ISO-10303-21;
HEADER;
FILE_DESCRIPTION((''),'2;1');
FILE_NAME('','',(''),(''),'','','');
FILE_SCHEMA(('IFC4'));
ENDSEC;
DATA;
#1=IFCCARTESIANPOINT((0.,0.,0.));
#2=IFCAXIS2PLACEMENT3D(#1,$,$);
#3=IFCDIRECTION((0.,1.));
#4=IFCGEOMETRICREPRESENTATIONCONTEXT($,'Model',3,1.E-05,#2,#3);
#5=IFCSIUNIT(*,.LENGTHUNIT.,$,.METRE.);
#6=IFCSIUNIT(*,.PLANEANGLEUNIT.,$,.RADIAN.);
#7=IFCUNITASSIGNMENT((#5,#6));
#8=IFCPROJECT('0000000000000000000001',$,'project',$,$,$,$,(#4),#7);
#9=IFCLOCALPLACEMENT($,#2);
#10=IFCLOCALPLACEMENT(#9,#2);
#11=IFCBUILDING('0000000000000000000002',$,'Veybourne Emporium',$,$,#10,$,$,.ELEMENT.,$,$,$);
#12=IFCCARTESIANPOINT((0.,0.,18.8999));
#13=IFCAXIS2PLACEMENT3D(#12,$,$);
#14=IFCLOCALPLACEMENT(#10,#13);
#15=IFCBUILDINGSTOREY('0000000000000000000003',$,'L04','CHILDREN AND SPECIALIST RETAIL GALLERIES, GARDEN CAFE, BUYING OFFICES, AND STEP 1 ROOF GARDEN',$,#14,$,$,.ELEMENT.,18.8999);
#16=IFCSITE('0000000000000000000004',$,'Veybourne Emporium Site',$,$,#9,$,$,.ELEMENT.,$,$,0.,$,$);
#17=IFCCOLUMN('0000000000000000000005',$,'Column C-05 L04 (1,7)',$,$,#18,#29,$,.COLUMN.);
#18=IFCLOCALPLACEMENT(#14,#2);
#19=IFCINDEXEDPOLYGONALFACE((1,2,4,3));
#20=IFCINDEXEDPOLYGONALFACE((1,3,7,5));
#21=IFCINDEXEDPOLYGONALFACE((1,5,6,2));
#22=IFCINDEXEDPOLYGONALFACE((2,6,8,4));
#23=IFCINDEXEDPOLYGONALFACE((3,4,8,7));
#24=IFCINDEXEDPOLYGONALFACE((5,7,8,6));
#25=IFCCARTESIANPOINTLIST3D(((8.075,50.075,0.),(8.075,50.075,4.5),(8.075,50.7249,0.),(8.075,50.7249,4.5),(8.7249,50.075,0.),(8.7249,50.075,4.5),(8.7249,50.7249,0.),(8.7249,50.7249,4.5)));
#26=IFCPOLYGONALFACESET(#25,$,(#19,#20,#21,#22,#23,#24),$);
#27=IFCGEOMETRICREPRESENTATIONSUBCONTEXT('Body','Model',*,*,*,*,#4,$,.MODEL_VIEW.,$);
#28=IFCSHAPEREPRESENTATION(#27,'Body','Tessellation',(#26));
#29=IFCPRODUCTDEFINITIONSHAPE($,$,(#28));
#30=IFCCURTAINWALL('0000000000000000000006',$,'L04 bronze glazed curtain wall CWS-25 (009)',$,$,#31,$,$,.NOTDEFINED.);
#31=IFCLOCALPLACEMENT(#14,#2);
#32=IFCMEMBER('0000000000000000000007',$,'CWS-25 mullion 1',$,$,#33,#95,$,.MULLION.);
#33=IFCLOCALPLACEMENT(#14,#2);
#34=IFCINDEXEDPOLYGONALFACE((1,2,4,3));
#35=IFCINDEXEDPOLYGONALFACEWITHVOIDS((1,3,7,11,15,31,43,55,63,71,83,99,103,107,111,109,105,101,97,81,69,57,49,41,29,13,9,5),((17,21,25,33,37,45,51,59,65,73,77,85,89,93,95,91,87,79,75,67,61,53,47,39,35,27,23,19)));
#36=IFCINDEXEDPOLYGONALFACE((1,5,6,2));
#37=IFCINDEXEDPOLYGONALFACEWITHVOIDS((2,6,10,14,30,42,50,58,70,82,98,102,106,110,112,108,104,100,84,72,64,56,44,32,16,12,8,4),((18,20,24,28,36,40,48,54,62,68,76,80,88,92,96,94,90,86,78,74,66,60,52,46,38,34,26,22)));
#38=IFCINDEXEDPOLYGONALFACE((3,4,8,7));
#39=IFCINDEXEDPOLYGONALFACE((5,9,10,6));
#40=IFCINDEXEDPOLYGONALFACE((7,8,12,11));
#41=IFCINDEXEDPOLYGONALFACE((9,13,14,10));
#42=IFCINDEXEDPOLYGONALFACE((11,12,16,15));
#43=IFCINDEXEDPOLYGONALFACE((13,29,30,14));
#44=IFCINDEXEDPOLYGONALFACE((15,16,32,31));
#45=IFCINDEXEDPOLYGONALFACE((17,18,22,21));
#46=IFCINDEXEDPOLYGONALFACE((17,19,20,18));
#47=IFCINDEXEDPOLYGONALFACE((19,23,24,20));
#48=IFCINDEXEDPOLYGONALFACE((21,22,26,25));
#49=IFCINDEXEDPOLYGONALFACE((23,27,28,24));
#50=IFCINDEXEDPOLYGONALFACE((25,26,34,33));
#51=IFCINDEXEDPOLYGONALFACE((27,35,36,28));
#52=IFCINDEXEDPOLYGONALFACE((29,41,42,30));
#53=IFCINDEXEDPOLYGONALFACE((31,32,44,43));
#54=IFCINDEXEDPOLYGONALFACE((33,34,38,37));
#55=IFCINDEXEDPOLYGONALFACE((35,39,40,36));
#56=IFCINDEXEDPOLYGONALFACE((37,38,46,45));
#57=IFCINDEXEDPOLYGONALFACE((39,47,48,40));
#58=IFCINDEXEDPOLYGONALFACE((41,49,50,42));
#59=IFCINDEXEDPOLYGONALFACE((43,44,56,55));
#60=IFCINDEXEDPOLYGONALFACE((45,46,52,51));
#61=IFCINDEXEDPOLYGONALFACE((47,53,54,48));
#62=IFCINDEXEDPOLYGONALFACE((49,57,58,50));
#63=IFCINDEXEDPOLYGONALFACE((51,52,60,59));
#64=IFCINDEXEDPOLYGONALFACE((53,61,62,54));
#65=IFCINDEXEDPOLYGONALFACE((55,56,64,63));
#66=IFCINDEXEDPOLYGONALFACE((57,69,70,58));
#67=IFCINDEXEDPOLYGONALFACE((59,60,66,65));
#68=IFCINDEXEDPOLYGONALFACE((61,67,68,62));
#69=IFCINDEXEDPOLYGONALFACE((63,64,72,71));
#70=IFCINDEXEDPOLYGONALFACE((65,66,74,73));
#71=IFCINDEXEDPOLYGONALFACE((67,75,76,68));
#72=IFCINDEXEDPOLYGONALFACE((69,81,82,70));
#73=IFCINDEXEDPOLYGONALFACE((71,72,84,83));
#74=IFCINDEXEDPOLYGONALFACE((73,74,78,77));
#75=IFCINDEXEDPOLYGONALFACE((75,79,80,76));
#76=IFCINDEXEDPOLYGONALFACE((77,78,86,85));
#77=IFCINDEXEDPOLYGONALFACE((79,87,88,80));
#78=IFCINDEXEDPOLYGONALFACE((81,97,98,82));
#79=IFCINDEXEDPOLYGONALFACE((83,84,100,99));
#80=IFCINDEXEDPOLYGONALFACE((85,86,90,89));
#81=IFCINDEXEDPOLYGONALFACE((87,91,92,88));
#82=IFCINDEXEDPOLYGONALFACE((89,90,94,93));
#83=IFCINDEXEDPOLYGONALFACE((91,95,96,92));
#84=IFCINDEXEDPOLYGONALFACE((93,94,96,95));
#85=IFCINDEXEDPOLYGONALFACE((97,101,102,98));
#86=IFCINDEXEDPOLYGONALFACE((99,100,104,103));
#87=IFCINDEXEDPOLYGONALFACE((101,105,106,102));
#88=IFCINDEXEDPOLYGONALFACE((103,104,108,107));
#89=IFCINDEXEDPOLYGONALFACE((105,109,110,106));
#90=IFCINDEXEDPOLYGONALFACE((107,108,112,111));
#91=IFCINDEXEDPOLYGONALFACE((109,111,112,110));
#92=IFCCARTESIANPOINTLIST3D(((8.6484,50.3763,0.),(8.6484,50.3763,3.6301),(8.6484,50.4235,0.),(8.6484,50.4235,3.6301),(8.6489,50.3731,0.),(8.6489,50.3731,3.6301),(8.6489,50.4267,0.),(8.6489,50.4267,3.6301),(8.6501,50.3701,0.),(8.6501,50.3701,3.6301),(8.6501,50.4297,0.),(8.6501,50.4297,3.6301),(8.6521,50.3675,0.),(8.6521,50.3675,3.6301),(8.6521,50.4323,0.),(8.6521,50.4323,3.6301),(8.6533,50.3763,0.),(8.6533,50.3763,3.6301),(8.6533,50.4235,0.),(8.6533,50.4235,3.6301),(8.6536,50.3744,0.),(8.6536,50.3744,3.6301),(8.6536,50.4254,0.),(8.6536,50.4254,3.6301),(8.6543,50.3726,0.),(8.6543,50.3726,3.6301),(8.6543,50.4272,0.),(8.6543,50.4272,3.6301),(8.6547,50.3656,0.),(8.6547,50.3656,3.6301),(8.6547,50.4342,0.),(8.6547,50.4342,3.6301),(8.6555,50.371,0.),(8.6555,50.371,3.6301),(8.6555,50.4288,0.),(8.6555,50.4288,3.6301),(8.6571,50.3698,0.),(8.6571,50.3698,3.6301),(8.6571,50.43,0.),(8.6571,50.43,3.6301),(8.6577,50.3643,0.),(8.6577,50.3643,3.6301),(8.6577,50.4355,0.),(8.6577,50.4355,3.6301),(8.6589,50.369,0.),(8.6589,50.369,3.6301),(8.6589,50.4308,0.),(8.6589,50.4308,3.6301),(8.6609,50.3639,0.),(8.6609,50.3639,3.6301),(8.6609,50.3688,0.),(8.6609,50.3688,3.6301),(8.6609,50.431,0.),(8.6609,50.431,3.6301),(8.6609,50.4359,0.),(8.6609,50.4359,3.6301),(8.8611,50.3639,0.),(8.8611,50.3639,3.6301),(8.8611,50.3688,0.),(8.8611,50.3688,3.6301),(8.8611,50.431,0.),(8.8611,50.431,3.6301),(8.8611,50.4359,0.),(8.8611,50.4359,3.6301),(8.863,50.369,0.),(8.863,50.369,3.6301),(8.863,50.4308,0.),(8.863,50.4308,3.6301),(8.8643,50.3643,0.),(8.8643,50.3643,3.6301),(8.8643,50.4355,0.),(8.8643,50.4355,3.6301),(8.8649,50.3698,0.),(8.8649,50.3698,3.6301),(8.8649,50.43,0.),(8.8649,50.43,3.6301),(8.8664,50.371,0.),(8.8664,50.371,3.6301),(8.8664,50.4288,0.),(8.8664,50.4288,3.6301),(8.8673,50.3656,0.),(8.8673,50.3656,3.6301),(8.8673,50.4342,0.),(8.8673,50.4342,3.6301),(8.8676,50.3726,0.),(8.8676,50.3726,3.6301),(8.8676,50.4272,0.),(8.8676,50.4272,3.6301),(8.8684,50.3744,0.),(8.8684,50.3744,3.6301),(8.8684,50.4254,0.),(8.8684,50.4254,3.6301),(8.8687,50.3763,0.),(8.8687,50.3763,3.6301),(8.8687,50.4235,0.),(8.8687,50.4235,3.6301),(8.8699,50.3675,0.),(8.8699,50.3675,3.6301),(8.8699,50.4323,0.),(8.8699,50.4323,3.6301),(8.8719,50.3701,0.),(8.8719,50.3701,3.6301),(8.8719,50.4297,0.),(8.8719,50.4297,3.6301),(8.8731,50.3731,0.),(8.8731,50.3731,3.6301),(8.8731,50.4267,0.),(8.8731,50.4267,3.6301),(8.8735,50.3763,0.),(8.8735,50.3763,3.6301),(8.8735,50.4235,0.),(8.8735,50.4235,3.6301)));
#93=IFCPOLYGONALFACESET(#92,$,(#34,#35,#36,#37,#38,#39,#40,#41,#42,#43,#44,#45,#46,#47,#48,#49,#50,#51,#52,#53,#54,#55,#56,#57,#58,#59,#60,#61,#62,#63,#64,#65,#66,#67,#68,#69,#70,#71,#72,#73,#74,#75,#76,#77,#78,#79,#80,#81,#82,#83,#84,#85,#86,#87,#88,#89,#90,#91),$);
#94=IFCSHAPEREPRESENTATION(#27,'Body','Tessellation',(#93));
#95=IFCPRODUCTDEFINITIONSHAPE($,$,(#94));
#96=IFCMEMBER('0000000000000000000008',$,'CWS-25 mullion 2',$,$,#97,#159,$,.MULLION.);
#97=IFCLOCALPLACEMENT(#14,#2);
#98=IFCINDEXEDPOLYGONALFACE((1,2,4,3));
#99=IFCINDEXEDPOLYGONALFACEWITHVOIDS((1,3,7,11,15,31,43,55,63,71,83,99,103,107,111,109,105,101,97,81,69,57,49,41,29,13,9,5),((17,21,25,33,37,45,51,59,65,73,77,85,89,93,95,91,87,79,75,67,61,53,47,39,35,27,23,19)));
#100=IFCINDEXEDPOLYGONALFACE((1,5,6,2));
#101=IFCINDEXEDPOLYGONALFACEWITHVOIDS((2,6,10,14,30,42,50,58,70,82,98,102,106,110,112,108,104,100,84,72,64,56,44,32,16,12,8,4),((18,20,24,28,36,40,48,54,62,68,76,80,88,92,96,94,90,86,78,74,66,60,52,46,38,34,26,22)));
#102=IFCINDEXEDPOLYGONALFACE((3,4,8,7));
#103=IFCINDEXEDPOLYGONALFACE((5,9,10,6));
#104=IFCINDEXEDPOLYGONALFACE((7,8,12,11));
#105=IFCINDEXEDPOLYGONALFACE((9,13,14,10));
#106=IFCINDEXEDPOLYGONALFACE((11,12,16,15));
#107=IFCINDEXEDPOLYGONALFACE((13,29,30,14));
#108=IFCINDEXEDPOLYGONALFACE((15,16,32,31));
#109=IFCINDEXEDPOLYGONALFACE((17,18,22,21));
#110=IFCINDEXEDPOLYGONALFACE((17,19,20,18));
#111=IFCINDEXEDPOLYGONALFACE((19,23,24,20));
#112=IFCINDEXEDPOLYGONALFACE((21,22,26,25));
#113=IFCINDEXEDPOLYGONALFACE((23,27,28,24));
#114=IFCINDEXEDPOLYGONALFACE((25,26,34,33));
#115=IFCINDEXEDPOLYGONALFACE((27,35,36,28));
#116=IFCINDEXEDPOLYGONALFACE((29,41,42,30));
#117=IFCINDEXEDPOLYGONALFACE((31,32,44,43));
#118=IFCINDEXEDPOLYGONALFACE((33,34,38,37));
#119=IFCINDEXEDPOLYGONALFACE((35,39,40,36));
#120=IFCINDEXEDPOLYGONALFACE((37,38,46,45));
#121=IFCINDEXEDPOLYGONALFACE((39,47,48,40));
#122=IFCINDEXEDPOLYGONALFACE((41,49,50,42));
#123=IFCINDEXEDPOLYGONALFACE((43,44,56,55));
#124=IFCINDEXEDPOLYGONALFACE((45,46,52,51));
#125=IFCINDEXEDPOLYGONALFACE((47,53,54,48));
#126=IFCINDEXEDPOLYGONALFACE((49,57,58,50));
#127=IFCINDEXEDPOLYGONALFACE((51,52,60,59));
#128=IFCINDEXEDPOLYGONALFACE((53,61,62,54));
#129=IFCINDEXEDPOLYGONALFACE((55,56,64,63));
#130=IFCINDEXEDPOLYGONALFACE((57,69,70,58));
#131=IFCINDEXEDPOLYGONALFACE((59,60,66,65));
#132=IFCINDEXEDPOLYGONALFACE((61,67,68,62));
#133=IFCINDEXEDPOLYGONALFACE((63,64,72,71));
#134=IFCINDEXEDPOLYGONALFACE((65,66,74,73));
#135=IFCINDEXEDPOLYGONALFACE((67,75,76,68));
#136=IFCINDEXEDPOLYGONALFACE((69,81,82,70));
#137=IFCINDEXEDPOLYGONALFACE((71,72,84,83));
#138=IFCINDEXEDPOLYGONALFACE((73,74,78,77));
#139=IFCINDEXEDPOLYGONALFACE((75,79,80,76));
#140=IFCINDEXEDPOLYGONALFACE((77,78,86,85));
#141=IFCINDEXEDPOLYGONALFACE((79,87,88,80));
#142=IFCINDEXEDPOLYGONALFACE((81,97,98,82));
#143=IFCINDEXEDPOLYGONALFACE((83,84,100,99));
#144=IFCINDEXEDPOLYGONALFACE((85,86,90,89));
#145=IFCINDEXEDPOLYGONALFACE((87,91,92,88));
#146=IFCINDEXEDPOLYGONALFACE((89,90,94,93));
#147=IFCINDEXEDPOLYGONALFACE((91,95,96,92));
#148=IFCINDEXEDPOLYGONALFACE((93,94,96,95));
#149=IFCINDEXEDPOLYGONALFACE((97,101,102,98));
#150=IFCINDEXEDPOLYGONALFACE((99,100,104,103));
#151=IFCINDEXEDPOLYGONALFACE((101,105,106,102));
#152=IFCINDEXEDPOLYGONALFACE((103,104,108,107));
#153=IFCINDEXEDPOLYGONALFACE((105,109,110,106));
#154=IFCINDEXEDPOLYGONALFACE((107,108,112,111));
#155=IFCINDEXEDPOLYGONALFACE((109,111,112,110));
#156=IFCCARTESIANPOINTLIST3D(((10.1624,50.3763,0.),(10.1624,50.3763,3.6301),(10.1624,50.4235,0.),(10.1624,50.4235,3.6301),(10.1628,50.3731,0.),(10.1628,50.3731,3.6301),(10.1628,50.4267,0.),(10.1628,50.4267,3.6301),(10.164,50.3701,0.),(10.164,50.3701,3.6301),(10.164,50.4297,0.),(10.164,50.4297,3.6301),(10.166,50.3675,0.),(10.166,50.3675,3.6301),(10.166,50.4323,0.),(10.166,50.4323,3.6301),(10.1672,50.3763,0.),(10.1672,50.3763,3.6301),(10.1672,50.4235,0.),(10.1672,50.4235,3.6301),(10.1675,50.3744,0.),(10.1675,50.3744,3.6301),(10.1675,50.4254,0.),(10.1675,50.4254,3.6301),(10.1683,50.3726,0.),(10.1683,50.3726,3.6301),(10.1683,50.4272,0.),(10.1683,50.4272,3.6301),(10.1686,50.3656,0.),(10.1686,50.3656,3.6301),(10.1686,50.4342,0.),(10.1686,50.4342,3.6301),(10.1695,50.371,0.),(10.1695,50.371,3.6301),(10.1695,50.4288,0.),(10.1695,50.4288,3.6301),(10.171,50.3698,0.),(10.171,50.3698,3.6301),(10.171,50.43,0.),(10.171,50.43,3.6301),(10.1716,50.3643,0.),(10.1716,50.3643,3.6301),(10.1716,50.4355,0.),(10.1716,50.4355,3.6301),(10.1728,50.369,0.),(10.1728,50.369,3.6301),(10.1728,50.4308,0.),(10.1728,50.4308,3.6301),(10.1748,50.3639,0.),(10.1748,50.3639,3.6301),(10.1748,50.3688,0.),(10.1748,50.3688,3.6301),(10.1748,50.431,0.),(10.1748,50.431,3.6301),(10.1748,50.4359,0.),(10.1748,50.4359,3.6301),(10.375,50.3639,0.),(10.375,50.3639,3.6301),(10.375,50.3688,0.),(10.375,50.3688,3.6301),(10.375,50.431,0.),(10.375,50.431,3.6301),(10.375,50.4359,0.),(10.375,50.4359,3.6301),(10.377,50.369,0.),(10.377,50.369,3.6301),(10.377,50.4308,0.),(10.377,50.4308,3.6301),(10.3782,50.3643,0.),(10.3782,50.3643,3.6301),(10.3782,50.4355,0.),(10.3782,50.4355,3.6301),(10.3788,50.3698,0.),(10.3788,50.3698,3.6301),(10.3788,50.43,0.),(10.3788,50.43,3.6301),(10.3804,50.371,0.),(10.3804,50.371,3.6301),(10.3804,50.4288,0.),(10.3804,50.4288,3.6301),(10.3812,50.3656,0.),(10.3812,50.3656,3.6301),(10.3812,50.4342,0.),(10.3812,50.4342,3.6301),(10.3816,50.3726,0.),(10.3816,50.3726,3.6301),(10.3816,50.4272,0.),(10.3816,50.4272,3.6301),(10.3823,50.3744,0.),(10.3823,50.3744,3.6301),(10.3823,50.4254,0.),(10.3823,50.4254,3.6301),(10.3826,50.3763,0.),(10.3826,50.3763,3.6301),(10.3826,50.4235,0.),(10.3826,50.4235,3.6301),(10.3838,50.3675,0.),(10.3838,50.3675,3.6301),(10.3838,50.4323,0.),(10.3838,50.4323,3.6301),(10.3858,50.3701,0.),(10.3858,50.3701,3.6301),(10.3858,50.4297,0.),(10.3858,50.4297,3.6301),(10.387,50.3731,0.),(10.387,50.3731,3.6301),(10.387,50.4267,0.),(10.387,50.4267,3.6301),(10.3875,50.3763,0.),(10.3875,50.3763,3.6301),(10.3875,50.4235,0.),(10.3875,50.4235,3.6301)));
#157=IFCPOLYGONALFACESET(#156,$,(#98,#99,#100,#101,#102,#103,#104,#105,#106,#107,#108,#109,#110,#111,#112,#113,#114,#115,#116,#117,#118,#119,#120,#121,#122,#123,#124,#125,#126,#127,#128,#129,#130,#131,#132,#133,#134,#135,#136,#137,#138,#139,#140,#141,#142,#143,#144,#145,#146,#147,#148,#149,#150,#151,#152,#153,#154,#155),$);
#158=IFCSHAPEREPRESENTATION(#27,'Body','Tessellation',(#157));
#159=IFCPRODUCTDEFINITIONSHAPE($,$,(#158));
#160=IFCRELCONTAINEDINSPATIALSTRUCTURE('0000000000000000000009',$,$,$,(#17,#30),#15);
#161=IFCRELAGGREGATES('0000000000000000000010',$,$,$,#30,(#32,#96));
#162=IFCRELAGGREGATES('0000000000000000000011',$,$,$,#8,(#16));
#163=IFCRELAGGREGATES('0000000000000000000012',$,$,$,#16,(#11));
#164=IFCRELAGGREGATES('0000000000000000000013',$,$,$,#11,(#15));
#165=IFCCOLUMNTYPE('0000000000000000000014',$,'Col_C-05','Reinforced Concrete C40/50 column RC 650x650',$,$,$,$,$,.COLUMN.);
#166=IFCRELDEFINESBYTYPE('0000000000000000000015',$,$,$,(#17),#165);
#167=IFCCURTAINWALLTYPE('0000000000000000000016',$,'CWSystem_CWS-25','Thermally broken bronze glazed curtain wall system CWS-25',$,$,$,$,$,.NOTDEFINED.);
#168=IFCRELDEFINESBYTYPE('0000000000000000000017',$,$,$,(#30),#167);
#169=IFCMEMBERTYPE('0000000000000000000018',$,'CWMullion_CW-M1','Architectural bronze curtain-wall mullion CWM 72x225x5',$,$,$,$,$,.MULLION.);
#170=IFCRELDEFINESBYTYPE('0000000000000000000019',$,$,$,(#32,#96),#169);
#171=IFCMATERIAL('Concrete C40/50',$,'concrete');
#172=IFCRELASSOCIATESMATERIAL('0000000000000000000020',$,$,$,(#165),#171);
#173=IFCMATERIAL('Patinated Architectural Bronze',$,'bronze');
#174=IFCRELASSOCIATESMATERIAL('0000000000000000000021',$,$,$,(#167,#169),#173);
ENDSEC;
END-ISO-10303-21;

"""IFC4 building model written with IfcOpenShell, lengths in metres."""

from ifc_helpers import new_model, si_unit, direction, frame, origin, origin_2d, place, context, subcontext, project, spatial, rectangle, hollow_rectangle, extrude, material, material_profile, profile_set, type_object, element, aggregate, save


model = new_model("IFC4")

# Units and contexts
model_context = context("Model", 3, precision=1e-05, world=origin(), true_north=direction((0.0, 1.0)))
body_context = subcontext(model_context, "Body", "Model", "MODEL_VIEW")
ifc_project = project(units=[si_unit("LENGTHUNIT", "METRE"), si_unit("PLANEANGLEUNIT", "RADIAN")], contexts=[model_context])

# Site, building, storey
site_placement = place(None, origin())
site = spatial("IfcSite", under=ifc_project, at=site_placement, Name="Veybourne Emporium Site", CompositionType="ELEMENT", RefElevation=0.0)
building_placement = place(site_placement, origin())
building = spatial("IfcBuilding", under=site, at=building_placement, Name="Veybourne Emporium", CompositionType="ELEMENT")
storey_placement = place(building_placement, frame((0.0, 0.0, 18.8999)))
storey = spatial("IfcBuildingStorey", under=building, at=storey_placement, Name="L04", Description="CHILDREN AND SPECIALIST RETAIL GALLERIES, GARDEN CAFE, BUYING OFFICES, AND STEP 1 ROOF GARDEN", CompositionType="ELEMENT", Elevation=18.8999)

# Column
ifc_material_1 = material(Name="Concrete C40/50", Category="concrete")
ifc_material_profile_1 = material_profile(ifc_material_1, rectangle(XDim=0.6499, YDim=0.6499, at=origin_2d()), Name="RC 650x650")
ifc_profile_set_1 = profile_set([ifc_material_profile_1], Name="Concrete C40/50")
column_type = type_object("IfcColumnType", Name="Col_C-05", Description="Reinforced Concrete C40/50 column RC 650x650", PredefinedType="COLUMN", material=ifc_profile_set_1)
column_placement = place(storey_placement, frame((8.3999, 50.3999, 0.0), z_axis=(0.0, 0.0, 1.0), x_axis=(1.0, 0.0, 0.0)))
element("IfcColumn", 1, at=column_placement, inside=storey, type_object=column_type, Name="Column C-05 L04 (1,7)", PredefinedType="COLUMN", context=body_context, shape_type="SweptSolid", body=[
    extrude(rectangle(XDim=0.6499, YDim=0.6499, at=origin_2d()), origin(), (0.0, 0.0, 1.0), 4.5),
])

# Curtain wall, members
ifc_material_2 = material(Name="Patinated Architectural Bronze", Category="bronze")
curtain_wall_type_1 = type_object("IfcCurtainWallType", Name="CWSystem_CWS-25", Description="Thermally broken bronze glazed curtain wall system CWS-25", PredefinedType="NOTDEFINED", material=ifc_material_2)
curtain_wall_1_placement = place(storey_placement, origin())
curtain_wall_1 = element("IfcCurtainWall", 2, at=curtain_wall_1_placement, inside=storey, type_object=curtain_wall_type_1, Name="L04 bronze glazed curtain wall CWS-25 (009)", PredefinedType="NOTDEFINED")
ifc_material_profile_2 = material_profile(ifc_material_2, hollow_rectangle(XDim=0.072, YDim=0.2251, WallThickness=0.0049, InnerFilletRadius=0.0076, OuterFilletRadius=0.0125, at=origin_2d()), Name="CWM 72x225x5")
ifc_profile_set_2 = profile_set([ifc_material_profile_2], Name="Patinated Architectural Bronze")
member_type_1 = type_object("IfcMemberType", Name="CWMullion_CW-M1", Description="Architectural bronze curtain-wall mullion CWM 72x225x5", PredefinedType="MULLION", material=ifc_profile_set_2)
member_1_placement = place(storey_placement, frame((8.761, 50.3999, 0.0), z_axis=(0.0, 0.0, 1.0), x_axis=(0.0, 1.0, 0.0)))
member_1 = element("IfcMember", 3, at=member_1_placement, type_object=member_type_1, Name="CWS-25 mullion 1", PredefinedType="MULLION", context=body_context, shape_type="SweptSolid", body=[
    extrude(hollow_rectangle(XDim=0.072, YDim=0.2251, WallThickness=0.0049, InnerFilletRadius=0.0076, OuterFilletRadius=0.0125, at=origin_2d()), origin(), (0.0, 0.0, 1.0), 3.6301),
])
member_2_placement = place(storey_placement, frame((10.2749, 50.3999, 0.0), z_axis=(0.0, 0.0, 1.0), x_axis=(0.0, 1.0, 0.0)))
member_2 = element("IfcMember", 4, at=member_2_placement, type_object=member_type_1, Name="CWS-25 mullion 2", PredefinedType="MULLION", context=body_context, shape_type="SweptSolid", body=[
    extrude(hollow_rectangle(XDim=0.072, YDim=0.2251, WallThickness=0.0049, InnerFilletRadius=0.0076, OuterFilletRadius=0.0125, at=origin_2d()), origin(), (0.0, 0.0, 1.0), 3.6301),
])

aggregate(curtain_wall_1, [member_1, member_2])

save(model, "model.ifc")
